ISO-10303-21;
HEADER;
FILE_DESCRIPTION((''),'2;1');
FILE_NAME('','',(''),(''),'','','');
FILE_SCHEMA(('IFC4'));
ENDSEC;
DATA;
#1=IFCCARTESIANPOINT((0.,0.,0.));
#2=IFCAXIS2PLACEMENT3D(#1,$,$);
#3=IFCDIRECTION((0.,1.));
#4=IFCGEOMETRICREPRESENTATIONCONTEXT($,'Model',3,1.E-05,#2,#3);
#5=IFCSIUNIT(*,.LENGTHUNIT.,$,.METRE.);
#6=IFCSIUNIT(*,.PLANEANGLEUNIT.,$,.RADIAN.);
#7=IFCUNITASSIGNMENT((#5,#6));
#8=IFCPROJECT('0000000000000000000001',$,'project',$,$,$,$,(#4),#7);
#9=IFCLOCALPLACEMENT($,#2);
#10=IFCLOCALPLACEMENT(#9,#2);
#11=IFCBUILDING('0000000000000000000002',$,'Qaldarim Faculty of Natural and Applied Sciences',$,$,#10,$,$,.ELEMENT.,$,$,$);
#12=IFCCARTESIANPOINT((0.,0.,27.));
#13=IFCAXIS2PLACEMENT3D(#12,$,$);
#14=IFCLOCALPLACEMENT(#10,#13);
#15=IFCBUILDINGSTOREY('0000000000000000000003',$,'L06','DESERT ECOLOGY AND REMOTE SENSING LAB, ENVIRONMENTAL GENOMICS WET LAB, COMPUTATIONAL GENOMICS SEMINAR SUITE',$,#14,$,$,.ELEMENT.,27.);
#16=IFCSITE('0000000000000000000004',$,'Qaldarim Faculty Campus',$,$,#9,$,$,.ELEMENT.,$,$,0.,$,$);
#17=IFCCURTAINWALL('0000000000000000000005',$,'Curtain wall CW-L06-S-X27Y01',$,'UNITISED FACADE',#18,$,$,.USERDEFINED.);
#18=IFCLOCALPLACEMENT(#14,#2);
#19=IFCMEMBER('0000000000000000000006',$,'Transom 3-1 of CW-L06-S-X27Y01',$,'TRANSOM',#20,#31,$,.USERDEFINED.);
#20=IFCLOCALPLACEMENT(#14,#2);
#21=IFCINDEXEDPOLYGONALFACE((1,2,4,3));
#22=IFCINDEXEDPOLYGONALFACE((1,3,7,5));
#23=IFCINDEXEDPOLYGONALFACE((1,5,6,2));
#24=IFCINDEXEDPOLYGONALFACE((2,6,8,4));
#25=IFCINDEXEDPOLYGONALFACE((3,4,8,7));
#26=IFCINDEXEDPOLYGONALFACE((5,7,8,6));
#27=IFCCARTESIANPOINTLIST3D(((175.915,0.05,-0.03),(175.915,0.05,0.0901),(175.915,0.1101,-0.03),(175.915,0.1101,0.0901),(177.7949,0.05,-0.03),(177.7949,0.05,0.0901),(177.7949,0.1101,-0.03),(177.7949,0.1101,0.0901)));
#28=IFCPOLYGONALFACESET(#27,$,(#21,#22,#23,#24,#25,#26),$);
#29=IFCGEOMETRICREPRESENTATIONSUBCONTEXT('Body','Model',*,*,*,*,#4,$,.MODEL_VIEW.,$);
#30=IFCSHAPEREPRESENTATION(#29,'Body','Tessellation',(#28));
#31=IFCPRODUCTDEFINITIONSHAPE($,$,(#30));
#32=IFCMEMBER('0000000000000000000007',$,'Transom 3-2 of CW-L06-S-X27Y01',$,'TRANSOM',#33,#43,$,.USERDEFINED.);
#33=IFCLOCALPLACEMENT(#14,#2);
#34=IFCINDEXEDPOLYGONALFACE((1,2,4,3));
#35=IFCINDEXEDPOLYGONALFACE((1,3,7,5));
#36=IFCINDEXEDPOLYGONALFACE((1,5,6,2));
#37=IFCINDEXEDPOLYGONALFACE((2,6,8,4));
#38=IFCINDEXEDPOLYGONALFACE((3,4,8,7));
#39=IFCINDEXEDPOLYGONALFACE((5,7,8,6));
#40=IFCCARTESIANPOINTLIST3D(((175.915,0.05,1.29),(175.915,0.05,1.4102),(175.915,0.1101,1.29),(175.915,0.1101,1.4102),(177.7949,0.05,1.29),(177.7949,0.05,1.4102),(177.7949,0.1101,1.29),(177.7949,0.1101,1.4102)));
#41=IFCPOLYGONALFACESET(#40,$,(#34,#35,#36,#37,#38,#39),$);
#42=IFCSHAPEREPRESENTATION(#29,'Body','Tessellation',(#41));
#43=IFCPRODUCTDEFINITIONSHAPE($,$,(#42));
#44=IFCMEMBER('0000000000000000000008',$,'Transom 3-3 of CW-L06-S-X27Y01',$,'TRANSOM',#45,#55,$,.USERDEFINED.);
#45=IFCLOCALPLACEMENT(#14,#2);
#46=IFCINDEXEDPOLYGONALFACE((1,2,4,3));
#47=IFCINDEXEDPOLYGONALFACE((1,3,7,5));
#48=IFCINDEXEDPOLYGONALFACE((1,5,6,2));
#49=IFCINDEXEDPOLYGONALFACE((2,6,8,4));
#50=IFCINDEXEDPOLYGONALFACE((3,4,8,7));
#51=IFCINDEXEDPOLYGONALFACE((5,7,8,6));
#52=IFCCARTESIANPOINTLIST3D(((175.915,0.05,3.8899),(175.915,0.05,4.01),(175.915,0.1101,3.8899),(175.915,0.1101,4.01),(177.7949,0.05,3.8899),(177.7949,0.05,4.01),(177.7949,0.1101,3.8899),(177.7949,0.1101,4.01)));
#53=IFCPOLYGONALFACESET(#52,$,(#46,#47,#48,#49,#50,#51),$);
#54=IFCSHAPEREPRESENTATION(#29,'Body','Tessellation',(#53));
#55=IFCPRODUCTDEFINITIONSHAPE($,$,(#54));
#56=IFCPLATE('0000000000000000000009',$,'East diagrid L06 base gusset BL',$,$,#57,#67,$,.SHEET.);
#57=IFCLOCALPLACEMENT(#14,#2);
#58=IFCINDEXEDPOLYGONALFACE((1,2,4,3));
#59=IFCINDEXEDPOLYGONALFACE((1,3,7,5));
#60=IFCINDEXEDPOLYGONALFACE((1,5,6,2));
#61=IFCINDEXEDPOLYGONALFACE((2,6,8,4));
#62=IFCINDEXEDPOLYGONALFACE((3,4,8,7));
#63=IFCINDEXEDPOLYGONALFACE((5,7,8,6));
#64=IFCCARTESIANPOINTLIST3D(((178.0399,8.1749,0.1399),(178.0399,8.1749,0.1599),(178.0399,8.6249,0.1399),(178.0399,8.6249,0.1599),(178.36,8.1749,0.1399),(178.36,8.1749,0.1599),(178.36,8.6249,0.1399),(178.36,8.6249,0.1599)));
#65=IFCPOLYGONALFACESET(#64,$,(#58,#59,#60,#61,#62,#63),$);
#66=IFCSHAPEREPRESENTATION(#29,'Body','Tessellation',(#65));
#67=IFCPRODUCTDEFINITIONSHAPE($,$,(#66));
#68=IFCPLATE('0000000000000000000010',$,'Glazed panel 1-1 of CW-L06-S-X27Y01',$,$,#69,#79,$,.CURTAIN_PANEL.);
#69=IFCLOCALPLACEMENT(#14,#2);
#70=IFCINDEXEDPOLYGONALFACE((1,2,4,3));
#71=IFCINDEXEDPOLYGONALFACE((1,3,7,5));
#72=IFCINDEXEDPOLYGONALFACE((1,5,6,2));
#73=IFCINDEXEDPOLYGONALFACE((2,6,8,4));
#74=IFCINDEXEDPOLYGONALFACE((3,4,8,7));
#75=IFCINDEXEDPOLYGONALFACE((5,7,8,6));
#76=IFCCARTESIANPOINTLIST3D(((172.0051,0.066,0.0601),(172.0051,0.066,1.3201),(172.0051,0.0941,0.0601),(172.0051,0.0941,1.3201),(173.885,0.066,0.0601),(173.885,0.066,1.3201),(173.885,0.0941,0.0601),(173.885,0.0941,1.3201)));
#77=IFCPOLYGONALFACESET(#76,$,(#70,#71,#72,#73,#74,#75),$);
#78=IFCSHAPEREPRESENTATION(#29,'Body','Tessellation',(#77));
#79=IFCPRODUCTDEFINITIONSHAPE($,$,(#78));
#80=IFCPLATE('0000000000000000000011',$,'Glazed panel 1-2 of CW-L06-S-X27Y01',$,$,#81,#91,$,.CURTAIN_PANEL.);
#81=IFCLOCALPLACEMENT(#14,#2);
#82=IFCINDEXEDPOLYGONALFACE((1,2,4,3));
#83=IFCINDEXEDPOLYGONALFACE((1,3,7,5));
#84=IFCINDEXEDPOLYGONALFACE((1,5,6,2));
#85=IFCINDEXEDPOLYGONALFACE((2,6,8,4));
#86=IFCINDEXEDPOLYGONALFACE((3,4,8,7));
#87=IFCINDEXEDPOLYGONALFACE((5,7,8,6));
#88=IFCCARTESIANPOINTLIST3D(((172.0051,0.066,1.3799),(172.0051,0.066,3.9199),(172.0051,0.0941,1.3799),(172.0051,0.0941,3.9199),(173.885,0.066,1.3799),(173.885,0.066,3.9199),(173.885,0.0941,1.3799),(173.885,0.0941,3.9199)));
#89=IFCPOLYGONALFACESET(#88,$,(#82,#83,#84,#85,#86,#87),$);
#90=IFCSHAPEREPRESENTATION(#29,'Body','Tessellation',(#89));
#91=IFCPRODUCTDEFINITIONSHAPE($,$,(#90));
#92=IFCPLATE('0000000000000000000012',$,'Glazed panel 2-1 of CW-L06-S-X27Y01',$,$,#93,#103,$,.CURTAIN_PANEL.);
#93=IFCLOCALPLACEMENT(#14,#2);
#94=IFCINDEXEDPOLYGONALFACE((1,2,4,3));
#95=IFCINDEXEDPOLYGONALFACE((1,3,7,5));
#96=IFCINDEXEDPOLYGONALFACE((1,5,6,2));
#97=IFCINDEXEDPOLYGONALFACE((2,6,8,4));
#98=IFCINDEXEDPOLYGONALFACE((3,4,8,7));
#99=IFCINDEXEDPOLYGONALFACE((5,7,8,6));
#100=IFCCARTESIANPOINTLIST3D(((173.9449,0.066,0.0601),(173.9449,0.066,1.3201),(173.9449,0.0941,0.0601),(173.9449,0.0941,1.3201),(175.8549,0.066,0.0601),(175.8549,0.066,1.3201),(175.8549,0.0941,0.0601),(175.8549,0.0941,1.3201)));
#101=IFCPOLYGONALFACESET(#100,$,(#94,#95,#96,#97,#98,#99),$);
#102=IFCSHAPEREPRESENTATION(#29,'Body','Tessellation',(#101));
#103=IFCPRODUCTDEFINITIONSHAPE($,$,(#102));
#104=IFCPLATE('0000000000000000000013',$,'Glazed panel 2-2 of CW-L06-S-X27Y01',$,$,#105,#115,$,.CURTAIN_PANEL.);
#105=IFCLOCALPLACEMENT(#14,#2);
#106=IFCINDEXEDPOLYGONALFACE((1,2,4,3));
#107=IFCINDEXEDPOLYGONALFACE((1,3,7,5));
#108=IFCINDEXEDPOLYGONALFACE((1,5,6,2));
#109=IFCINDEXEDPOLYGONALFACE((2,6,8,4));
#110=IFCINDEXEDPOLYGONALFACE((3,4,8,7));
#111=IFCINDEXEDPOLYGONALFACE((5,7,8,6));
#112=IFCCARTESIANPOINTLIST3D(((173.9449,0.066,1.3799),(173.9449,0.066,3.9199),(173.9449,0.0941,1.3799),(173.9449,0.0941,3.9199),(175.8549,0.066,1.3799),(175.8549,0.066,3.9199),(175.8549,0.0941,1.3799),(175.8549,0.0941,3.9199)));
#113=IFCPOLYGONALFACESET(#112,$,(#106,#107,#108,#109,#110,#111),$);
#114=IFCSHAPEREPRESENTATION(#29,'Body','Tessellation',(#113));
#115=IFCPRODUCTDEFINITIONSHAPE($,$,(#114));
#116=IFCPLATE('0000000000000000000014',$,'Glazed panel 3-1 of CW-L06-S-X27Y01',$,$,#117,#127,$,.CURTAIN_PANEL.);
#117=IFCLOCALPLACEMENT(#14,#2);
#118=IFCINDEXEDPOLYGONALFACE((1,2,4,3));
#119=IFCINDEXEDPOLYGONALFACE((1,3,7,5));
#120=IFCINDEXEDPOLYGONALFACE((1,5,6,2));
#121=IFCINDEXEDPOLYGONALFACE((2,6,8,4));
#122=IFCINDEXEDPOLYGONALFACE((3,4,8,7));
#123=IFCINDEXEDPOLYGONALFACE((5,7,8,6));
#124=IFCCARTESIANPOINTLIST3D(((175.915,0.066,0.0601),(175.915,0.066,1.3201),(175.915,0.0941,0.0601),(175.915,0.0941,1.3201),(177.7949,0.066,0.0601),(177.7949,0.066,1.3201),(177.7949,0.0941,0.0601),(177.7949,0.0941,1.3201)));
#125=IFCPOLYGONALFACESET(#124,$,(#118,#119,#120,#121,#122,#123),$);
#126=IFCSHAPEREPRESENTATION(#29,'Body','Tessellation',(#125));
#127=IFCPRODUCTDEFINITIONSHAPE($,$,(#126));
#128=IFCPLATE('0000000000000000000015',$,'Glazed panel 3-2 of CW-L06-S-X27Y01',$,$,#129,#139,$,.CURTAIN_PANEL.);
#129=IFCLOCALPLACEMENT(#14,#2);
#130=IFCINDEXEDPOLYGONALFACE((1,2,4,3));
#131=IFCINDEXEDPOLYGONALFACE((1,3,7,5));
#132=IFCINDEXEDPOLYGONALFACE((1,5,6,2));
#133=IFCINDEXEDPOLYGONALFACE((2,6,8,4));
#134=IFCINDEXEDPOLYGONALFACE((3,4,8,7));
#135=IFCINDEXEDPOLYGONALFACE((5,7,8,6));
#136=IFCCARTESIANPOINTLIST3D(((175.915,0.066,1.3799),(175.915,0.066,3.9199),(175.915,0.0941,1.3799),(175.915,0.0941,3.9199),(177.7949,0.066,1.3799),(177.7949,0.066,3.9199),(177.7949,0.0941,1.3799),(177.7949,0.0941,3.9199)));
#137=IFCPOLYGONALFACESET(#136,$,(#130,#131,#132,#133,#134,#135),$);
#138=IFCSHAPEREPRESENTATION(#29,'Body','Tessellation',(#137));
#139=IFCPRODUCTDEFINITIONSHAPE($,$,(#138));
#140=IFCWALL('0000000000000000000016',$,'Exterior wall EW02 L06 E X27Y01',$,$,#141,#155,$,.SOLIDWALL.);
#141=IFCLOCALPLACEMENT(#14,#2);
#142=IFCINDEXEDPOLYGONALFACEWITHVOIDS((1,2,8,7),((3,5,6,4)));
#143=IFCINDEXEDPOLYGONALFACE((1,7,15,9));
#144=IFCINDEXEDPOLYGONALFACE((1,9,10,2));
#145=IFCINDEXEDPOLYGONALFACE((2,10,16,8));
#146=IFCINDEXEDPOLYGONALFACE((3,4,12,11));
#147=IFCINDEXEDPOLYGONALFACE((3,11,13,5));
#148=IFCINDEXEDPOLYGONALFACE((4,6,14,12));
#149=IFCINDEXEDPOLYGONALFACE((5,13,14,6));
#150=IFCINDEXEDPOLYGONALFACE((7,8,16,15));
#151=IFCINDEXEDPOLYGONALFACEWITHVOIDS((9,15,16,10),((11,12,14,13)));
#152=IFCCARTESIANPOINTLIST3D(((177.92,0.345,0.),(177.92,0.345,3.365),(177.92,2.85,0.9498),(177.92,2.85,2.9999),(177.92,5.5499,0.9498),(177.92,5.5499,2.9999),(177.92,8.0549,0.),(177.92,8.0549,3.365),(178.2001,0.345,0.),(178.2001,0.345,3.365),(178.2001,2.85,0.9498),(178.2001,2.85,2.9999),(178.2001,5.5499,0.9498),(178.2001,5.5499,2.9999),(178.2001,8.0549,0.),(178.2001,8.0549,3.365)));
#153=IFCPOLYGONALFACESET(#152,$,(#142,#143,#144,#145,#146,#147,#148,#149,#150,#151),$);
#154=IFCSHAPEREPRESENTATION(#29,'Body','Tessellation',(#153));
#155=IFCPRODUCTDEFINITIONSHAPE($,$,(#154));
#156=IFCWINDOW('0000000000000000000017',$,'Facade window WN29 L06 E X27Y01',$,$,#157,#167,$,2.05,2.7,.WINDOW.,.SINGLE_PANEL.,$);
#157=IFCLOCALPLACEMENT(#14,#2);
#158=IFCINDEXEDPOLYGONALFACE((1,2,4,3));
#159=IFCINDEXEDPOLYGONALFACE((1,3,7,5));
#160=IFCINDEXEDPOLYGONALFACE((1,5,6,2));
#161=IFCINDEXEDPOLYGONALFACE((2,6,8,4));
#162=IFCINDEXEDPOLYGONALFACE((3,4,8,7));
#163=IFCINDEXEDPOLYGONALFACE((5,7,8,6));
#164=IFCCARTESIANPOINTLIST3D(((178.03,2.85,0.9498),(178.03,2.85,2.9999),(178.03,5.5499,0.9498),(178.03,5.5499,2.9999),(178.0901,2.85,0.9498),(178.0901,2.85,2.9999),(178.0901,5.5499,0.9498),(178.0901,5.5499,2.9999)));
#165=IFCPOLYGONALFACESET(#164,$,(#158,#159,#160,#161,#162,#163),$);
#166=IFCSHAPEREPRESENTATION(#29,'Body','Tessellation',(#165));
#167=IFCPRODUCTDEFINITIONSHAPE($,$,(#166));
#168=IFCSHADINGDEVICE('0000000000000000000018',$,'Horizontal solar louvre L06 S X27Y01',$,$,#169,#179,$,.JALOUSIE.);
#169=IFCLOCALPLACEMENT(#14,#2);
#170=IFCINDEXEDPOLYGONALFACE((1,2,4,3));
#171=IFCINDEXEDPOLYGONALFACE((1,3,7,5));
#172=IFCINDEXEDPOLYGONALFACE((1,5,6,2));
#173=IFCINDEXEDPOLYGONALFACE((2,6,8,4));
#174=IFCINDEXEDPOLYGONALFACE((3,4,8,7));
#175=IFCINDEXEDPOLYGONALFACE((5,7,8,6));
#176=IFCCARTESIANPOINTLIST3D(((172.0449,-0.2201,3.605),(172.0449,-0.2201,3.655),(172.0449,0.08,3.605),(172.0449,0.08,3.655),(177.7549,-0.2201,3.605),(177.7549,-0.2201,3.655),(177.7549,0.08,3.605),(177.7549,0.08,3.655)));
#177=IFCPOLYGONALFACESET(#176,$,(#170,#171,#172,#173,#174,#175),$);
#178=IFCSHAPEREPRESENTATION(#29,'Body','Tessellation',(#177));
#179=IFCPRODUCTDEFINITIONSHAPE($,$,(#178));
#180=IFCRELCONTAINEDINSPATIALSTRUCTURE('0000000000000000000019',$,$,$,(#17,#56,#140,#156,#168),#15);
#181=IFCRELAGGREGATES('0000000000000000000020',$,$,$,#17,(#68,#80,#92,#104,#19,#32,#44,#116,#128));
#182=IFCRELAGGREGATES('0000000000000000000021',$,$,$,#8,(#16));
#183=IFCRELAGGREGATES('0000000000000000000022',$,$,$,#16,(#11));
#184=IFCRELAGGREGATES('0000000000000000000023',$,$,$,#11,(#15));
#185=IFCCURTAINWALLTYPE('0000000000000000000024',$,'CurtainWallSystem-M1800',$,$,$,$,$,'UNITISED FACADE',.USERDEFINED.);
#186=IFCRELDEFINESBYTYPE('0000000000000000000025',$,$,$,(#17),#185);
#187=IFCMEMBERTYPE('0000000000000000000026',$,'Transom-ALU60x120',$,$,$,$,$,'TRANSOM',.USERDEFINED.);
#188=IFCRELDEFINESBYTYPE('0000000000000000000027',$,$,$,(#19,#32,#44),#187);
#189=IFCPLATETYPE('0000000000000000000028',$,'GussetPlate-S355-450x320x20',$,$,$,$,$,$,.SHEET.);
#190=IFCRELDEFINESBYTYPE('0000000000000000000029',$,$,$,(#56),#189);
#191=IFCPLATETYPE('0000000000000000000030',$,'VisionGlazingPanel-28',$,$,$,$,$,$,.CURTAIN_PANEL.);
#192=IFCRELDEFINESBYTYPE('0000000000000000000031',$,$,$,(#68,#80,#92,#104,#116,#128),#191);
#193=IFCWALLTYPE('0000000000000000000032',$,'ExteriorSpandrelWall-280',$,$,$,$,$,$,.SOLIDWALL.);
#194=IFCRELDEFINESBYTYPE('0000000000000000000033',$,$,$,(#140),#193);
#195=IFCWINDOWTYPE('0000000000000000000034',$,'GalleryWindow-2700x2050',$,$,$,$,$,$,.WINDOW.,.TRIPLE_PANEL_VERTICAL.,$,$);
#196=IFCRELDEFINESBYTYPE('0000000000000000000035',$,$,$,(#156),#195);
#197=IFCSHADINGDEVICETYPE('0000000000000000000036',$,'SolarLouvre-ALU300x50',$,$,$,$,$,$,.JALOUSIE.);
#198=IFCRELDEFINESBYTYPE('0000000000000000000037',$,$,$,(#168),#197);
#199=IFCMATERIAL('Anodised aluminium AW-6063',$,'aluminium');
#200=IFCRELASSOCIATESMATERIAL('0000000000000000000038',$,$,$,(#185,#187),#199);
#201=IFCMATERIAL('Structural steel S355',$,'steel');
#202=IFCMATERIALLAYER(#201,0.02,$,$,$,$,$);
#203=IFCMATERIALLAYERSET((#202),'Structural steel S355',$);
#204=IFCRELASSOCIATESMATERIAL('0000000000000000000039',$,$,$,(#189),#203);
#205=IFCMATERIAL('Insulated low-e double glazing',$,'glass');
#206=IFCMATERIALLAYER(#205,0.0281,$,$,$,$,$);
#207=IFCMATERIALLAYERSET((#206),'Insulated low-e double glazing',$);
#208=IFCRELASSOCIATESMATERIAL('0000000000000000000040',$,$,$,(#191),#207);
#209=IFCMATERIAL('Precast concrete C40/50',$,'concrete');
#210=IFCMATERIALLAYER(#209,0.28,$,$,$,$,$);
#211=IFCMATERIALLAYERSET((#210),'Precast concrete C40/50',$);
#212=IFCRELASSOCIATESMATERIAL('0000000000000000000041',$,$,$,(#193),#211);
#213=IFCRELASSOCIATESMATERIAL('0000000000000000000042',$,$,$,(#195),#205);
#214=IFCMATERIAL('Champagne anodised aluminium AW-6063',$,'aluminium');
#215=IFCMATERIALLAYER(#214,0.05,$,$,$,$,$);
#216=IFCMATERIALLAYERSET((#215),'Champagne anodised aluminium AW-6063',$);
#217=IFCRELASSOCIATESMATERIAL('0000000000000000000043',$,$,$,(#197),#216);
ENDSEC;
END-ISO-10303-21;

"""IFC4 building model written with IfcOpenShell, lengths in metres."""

from ifc_helpers import new_model, si_unit, direction, frame, frame_2d, origin, origin_2d, place, context, subcontext, project, spatial, rectangle, extrude, material, layer, layer_set, material_profile, profile_set, type_object, element, fill, aggregate, save


model = new_model("IFC4")

# Units and contexts
model_context = context("Model", 3, precision=1e-05, world=origin(), true_north=direction((0.0, 1.0)))
body_context = subcontext(model_context, "Body", "Model", "MODEL_VIEW")
ifc_project = project(units=[si_unit("LENGTHUNIT", "METRE"), si_unit("PLANEANGLEUNIT", "RADIAN")], contexts=[model_context])

# Site, building, storey
site_placement = place(None, origin())
site = spatial("IfcSite", under=ifc_project, at=site_placement, Name="Qaldarim Faculty Campus", CompositionType="ELEMENT", RefElevation=0.0)
building_placement = place(site_placement, origin())
building = spatial("IfcBuilding", under=site, at=building_placement, Name="Qaldarim Faculty of Natural and Applied Sciences", CompositionType="ELEMENT")
storey_placement = place(building_placement, frame((0.0, 0.0, 27.0)))
storey = spatial("IfcBuildingStorey", under=building, at=storey_placement, Name="L06", Description="DESERT ECOLOGY AND REMOTE SENSING LAB, ENVIRONMENTAL GENOMICS WET LAB, COMPUTATIONAL GENOMICS SEMINAR SUITE", CompositionType="ELEMENT", Elevation=27.0)

# Curtain wall
ifc_material_1 = material(Name="Anodised aluminium AW-6063", Category="aluminium")
curtain_wall_type = type_object("IfcCurtainWallType", Name="CurtainWallSystem-M1800", ElementType="UNITISED FACADE", PredefinedType="USERDEFINED", material=ifc_material_1)
curtain_wall_placement = place(storey_placement, origin())
curtain_wall = element("IfcCurtainWall", 1, at=curtain_wall_placement, inside=storey, type_object=curtain_wall_type, Name="Curtain wall CW-L06-S-X27Y01", ObjectType="UNITISED FACADE", PredefinedType="USERDEFINED")

# Shared definitions
ifc_material_2 = material(Name="Structural steel S355", Category="steel")

# Shared definitions
ifc_material_3 = material(Name="Precast concrete C40/50", Category="concrete")

# Members
ifc_material_profile_1 = material_profile(ifc_material_1, rectangle(XDim=0.0601, YDim=0.1201, at=origin_2d()), Name="ALU-T60x120")
ifc_profile_set_1 = profile_set([ifc_material_profile_1], Name="Anodised aluminium AW-6063")
member_type_1 = type_object("IfcMemberType", Name="Transom-ALU60x120", ElementType="TRANSOM", PredefinedType="USERDEFINED", material=ifc_profile_set_1)
member_1_placement = place(storey_placement, frame((175.915, 0.0801, 0.03), z_axis=(1.0, 0.0, 0.0), x_axis=(0.0, 1.0, 0.0)))
member_1 = element("IfcMember", 2, at=member_1_placement, type_object=member_type_1, Name="Transom 3-1 of CW-L06-S-X27Y01", ObjectType="TRANSOM", PredefinedType="USERDEFINED", context=body_context, shape_type="SweptSolid", body=[
    extrude(rectangle(XDim=0.0601, YDim=0.1201, at=origin_2d()), origin(), (0.0, 0.0, 1.0), 1.8799),
])
member_2_placement = place(storey_placement, frame((175.915, 0.0801, 1.3501), z_axis=(1.0, 0.0, 0.0), x_axis=(0.0, 1.0, 0.0)))
member_2 = element("IfcMember", 3, at=member_2_placement, type_object=member_type_1, Name="Transom 3-2 of CW-L06-S-X27Y01", ObjectType="TRANSOM", PredefinedType="USERDEFINED", context=body_context, shape_type="SweptSolid", body=[
    extrude(rectangle(XDim=0.0601, YDim=0.1201, at=origin_2d()), origin(), (0.0, 0.0, 1.0), 1.8799),
])
member_3_placement = place(storey_placement, frame((175.915, 0.0801, 3.95), z_axis=(1.0, 0.0, 0.0), x_axis=(0.0, 1.0, 0.0)))
member_3 = element("IfcMember", 4, at=member_3_placement, type_object=member_type_1, Name="Transom 3-3 of CW-L06-S-X27Y01", ObjectType="TRANSOM", PredefinedType="USERDEFINED", context=body_context, shape_type="SweptSolid", body=[
    extrude(rectangle(XDim=0.0601, YDim=0.1201, at=origin_2d()), origin(), (0.0, 0.0, 1.0), 1.8799),
])

# Plates
ifc_layer_1 = layer(ifc_material_2, 0.02)
ifc_layer_set_1 = layer_set([ifc_layer_1], Name="Structural steel S355")
plate_type_1 = type_object("IfcPlateType", Name="GussetPlate-S355-450x320x20", PredefinedType="SHEET", material=ifc_layer_set_1)
plate_1_placement = place(storey_placement, frame((178.2, 8.3999, 0.1399), z_axis=(0.0, 0.0, 1.0), x_axis=(0.0, 1.0, 0.0)))
element("IfcPlate", 5, at=plate_1_placement, inside=storey, type_object=plate_type_1, Name="East diagrid L06 base gusset BL", PredefinedType="SHEET", context=body_context, shape_type="SweptSolid", body=[
    extrude(rectangle(XDim=0.45, YDim=0.3201, at=origin_2d()), origin(), (0.0, 0.0, 1.0), 0.02),
])
ifc_material_4 = material(Name="Insulated low-e double glazing", Category="glass")
ifc_layer_2 = layer(ifc_material_4, 0.0281)
ifc_layer_set_2 = layer_set([ifc_layer_2], Name="Insulated low-e double glazing")
plate_type_2 = type_object("IfcPlateType", Name="VisionGlazingPanel-28", PredefinedType="CURTAIN_PANEL", material=ifc_layer_set_2)
plate_2_placement = place(storey_placement, frame((172.9451, 0.0801, 0.0601), z_axis=(0.0, 0.0, 1.0), x_axis=(1.0, 0.0, 0.0)))
plate_2 = element("IfcPlate", 6, at=plate_2_placement, type_object=plate_type_2, Name="Glazed panel 1-1 of CW-L06-S-X27Y01", PredefinedType="CURTAIN_PANEL", context=body_context, shape_type="SweptSolid", body=[
    extrude(rectangle(XDim=1.8799, YDim=0.0281, at=origin_2d()), origin(), (0.0, 0.0, 1.0), 1.26),
])
plate_3_placement = place(storey_placement, frame((172.9451, 0.0801, 1.3799), z_axis=(0.0, 0.0, 1.0), x_axis=(1.0, 0.0, 0.0)))
plate_3 = element("IfcPlate", 7, at=plate_3_placement, type_object=plate_type_2, Name="Glazed panel 1-2 of CW-L06-S-X27Y01", PredefinedType="CURTAIN_PANEL", context=body_context, shape_type="SweptSolid", body=[
    extrude(rectangle(XDim=1.8799, YDim=0.0281, at=origin_2d()), origin(), (0.0, 0.0, 1.0), 2.54),
])
plate_4_placement = place(storey_placement, frame((174.8999, 0.0801, 0.0601), z_axis=(0.0, 0.0, 1.0), x_axis=(1.0, 0.0, 0.0)))
plate_4 = element("IfcPlate", 8, at=plate_4_placement, type_object=plate_type_2, Name="Glazed panel 2-1 of CW-L06-S-X27Y01", PredefinedType="CURTAIN_PANEL", context=body_context, shape_type="SweptSolid", body=[
    extrude(rectangle(XDim=1.9099, YDim=0.0281, at=origin_2d()), origin(), (0.0, 0.0, 1.0), 1.26),
])
plate_5_placement = place(storey_placement, frame((174.8999, 0.0801, 1.3799), z_axis=(0.0, 0.0, 1.0), x_axis=(1.0, 0.0, 0.0)))
plate_5 = element("IfcPlate", 9, at=plate_5_placement, type_object=plate_type_2, Name="Glazed panel 2-2 of CW-L06-S-X27Y01", PredefinedType="CURTAIN_PANEL", context=body_context, shape_type="SweptSolid", body=[
    extrude(rectangle(XDim=1.9099, YDim=0.0281, at=origin_2d()), origin(), (0.0, 0.0, 1.0), 2.54),
])
plate_6_placement = place(storey_placement, frame((176.855, 0.0801, 0.0601), z_axis=(0.0, 0.0, 1.0), x_axis=(1.0, 0.0, 0.0)))
plate_6 = element("IfcPlate", 10, at=plate_6_placement, type_object=plate_type_2, Name="Glazed panel 3-1 of CW-L06-S-X27Y01", PredefinedType="CURTAIN_PANEL", context=body_context, shape_type="SweptSolid", body=[
    extrude(rectangle(XDim=1.8799, YDim=0.0281, at=origin_2d()), origin(), (0.0, 0.0, 1.0), 1.26),
])
plate_7_placement = place(storey_placement, frame((176.855, 0.0801, 1.3799), z_axis=(0.0, 0.0, 1.0), x_axis=(1.0, 0.0, 0.0)))
plate_7 = element("IfcPlate", 11, at=plate_7_placement, type_object=plate_type_2, Name="Glazed panel 3-2 of CW-L06-S-X27Y01", PredefinedType="CURTAIN_PANEL", context=body_context, shape_type="SweptSolid", body=[
    extrude(rectangle(XDim=1.8799, YDim=0.0281, at=origin_2d()), origin(), (0.0, 0.0, 1.0), 2.54),
])
aggregate(curtain_wall, [plate_2, plate_3, plate_4, plate_5, member_1, member_2, member_3, plate_6, plate_7])

# Wall, opening, window
ifc_layer_3 = layer(ifc_material_3, 0.28)
ifc_layer_set_3 = layer_set([ifc_layer_3], Name="Precast concrete C40/50")
wall_type = type_object("IfcWallType", Name="ExteriorSpandrelWall-280", PredefinedType="SOLIDWALL", material=ifc_layer_set_3)
wall_placement = place(storey_placement, frame((178.0601, 0.345, 0.0), z_axis=(0.0, 0.0, 1.0), x_axis=(0.0, 1.0, 0.0)))
wall = element("IfcWall", 12, at=wall_placement, inside=storey, type_object=wall_type, Name="Exterior wall EW02 L06 E X27Y01", PredefinedType="SOLIDWALL", context=body_context, shape_type="SweptSolid", body=[
    extrude(rectangle(XDim=7.71, YDim=0.28, at=frame_2d((3.855, 0.0))), origin(), (0.0, 0.0, 1.0), 3.365),
])
opening_placement = place(wall_placement, frame((2.5049, 0.0, 0.95)))
opening = element("IfcOpeningElement", 13, at=opening_placement, cuts=wall, PredefinedType="OPENING", context=body_context, shape_type="SweptSolid", body=[
    extrude(rectangle(XDim=2.7, YDim=2.05, at=frame_2d((1.3501, 1.0249))), frame((0.0, 0.1499, 0.0), z_axis=(0.0, -1.0, 0.0), x_axis=(1.0, 0.0, 0.0)), (0.0, 0.0, 1.0), 0.3),
])
window_type = type_object("IfcWindowType", Name="GalleryWindow-2700x2050", PartitioningType="TRIPLE_PANEL_VERTICAL", PredefinedType="WINDOW", material=ifc_material_4)
window_placement = place(opening_placement, origin())
window = element("IfcWindow", 14, at=window_placement, inside=storey, type_object=window_type, Name="Facade window WN29 L06 E X27Y01", OverallHeight=2.05, OverallWidth=2.7, PartitioningType="SINGLE_PANEL", PredefinedType="WINDOW", context=body_context, shape_type="SweptSolid", body=[
    extrude(rectangle(XDim=2.7, YDim=2.05, at=frame_2d((1.3501, 1.0249))), frame((0.0, 0.03, 0.0), z_axis=(0.0, -1.0, 0.0), x_axis=(1.0, 0.0, 0.0)), (0.0, 0.0, 1.0), 0.0601),
])
fill(opening, window)

# Shading device
ifc_material_5 = material(Name="Champagne anodised aluminium AW-6063", Category="aluminium")
ifc_layer_4 = layer(ifc_material_5, 0.05)
ifc_layer_set_4 = layer_set([ifc_layer_4], Name="Champagne anodised aluminium AW-6063")
shading_device_type_1 = type_object("IfcShadingDeviceType", Name="SolarLouvre-ALU300x50", PredefinedType="JALOUSIE", material=ifc_layer_set_4)
shading_device_1_placement = place(storey_placement, frame((174.8999, -0.0701, 3.605), z_axis=(0.0, 0.0, 1.0), x_axis=(1.0, 0.0, 0.0)))
element("IfcShadingDevice", 15, at=shading_device_1_placement, inside=storey, type_object=shading_device_type_1, Name="Horizontal solar louvre L06 S X27Y01", PredefinedType="JALOUSIE", context=body_context, shape_type="SweptSolid", body=[
    extrude(rectangle(XDim=5.71, YDim=0.3, at=origin_2d()), origin(), (0.0, 0.0, 1.0), 0.05),
])

save(model, "model.ifc")
